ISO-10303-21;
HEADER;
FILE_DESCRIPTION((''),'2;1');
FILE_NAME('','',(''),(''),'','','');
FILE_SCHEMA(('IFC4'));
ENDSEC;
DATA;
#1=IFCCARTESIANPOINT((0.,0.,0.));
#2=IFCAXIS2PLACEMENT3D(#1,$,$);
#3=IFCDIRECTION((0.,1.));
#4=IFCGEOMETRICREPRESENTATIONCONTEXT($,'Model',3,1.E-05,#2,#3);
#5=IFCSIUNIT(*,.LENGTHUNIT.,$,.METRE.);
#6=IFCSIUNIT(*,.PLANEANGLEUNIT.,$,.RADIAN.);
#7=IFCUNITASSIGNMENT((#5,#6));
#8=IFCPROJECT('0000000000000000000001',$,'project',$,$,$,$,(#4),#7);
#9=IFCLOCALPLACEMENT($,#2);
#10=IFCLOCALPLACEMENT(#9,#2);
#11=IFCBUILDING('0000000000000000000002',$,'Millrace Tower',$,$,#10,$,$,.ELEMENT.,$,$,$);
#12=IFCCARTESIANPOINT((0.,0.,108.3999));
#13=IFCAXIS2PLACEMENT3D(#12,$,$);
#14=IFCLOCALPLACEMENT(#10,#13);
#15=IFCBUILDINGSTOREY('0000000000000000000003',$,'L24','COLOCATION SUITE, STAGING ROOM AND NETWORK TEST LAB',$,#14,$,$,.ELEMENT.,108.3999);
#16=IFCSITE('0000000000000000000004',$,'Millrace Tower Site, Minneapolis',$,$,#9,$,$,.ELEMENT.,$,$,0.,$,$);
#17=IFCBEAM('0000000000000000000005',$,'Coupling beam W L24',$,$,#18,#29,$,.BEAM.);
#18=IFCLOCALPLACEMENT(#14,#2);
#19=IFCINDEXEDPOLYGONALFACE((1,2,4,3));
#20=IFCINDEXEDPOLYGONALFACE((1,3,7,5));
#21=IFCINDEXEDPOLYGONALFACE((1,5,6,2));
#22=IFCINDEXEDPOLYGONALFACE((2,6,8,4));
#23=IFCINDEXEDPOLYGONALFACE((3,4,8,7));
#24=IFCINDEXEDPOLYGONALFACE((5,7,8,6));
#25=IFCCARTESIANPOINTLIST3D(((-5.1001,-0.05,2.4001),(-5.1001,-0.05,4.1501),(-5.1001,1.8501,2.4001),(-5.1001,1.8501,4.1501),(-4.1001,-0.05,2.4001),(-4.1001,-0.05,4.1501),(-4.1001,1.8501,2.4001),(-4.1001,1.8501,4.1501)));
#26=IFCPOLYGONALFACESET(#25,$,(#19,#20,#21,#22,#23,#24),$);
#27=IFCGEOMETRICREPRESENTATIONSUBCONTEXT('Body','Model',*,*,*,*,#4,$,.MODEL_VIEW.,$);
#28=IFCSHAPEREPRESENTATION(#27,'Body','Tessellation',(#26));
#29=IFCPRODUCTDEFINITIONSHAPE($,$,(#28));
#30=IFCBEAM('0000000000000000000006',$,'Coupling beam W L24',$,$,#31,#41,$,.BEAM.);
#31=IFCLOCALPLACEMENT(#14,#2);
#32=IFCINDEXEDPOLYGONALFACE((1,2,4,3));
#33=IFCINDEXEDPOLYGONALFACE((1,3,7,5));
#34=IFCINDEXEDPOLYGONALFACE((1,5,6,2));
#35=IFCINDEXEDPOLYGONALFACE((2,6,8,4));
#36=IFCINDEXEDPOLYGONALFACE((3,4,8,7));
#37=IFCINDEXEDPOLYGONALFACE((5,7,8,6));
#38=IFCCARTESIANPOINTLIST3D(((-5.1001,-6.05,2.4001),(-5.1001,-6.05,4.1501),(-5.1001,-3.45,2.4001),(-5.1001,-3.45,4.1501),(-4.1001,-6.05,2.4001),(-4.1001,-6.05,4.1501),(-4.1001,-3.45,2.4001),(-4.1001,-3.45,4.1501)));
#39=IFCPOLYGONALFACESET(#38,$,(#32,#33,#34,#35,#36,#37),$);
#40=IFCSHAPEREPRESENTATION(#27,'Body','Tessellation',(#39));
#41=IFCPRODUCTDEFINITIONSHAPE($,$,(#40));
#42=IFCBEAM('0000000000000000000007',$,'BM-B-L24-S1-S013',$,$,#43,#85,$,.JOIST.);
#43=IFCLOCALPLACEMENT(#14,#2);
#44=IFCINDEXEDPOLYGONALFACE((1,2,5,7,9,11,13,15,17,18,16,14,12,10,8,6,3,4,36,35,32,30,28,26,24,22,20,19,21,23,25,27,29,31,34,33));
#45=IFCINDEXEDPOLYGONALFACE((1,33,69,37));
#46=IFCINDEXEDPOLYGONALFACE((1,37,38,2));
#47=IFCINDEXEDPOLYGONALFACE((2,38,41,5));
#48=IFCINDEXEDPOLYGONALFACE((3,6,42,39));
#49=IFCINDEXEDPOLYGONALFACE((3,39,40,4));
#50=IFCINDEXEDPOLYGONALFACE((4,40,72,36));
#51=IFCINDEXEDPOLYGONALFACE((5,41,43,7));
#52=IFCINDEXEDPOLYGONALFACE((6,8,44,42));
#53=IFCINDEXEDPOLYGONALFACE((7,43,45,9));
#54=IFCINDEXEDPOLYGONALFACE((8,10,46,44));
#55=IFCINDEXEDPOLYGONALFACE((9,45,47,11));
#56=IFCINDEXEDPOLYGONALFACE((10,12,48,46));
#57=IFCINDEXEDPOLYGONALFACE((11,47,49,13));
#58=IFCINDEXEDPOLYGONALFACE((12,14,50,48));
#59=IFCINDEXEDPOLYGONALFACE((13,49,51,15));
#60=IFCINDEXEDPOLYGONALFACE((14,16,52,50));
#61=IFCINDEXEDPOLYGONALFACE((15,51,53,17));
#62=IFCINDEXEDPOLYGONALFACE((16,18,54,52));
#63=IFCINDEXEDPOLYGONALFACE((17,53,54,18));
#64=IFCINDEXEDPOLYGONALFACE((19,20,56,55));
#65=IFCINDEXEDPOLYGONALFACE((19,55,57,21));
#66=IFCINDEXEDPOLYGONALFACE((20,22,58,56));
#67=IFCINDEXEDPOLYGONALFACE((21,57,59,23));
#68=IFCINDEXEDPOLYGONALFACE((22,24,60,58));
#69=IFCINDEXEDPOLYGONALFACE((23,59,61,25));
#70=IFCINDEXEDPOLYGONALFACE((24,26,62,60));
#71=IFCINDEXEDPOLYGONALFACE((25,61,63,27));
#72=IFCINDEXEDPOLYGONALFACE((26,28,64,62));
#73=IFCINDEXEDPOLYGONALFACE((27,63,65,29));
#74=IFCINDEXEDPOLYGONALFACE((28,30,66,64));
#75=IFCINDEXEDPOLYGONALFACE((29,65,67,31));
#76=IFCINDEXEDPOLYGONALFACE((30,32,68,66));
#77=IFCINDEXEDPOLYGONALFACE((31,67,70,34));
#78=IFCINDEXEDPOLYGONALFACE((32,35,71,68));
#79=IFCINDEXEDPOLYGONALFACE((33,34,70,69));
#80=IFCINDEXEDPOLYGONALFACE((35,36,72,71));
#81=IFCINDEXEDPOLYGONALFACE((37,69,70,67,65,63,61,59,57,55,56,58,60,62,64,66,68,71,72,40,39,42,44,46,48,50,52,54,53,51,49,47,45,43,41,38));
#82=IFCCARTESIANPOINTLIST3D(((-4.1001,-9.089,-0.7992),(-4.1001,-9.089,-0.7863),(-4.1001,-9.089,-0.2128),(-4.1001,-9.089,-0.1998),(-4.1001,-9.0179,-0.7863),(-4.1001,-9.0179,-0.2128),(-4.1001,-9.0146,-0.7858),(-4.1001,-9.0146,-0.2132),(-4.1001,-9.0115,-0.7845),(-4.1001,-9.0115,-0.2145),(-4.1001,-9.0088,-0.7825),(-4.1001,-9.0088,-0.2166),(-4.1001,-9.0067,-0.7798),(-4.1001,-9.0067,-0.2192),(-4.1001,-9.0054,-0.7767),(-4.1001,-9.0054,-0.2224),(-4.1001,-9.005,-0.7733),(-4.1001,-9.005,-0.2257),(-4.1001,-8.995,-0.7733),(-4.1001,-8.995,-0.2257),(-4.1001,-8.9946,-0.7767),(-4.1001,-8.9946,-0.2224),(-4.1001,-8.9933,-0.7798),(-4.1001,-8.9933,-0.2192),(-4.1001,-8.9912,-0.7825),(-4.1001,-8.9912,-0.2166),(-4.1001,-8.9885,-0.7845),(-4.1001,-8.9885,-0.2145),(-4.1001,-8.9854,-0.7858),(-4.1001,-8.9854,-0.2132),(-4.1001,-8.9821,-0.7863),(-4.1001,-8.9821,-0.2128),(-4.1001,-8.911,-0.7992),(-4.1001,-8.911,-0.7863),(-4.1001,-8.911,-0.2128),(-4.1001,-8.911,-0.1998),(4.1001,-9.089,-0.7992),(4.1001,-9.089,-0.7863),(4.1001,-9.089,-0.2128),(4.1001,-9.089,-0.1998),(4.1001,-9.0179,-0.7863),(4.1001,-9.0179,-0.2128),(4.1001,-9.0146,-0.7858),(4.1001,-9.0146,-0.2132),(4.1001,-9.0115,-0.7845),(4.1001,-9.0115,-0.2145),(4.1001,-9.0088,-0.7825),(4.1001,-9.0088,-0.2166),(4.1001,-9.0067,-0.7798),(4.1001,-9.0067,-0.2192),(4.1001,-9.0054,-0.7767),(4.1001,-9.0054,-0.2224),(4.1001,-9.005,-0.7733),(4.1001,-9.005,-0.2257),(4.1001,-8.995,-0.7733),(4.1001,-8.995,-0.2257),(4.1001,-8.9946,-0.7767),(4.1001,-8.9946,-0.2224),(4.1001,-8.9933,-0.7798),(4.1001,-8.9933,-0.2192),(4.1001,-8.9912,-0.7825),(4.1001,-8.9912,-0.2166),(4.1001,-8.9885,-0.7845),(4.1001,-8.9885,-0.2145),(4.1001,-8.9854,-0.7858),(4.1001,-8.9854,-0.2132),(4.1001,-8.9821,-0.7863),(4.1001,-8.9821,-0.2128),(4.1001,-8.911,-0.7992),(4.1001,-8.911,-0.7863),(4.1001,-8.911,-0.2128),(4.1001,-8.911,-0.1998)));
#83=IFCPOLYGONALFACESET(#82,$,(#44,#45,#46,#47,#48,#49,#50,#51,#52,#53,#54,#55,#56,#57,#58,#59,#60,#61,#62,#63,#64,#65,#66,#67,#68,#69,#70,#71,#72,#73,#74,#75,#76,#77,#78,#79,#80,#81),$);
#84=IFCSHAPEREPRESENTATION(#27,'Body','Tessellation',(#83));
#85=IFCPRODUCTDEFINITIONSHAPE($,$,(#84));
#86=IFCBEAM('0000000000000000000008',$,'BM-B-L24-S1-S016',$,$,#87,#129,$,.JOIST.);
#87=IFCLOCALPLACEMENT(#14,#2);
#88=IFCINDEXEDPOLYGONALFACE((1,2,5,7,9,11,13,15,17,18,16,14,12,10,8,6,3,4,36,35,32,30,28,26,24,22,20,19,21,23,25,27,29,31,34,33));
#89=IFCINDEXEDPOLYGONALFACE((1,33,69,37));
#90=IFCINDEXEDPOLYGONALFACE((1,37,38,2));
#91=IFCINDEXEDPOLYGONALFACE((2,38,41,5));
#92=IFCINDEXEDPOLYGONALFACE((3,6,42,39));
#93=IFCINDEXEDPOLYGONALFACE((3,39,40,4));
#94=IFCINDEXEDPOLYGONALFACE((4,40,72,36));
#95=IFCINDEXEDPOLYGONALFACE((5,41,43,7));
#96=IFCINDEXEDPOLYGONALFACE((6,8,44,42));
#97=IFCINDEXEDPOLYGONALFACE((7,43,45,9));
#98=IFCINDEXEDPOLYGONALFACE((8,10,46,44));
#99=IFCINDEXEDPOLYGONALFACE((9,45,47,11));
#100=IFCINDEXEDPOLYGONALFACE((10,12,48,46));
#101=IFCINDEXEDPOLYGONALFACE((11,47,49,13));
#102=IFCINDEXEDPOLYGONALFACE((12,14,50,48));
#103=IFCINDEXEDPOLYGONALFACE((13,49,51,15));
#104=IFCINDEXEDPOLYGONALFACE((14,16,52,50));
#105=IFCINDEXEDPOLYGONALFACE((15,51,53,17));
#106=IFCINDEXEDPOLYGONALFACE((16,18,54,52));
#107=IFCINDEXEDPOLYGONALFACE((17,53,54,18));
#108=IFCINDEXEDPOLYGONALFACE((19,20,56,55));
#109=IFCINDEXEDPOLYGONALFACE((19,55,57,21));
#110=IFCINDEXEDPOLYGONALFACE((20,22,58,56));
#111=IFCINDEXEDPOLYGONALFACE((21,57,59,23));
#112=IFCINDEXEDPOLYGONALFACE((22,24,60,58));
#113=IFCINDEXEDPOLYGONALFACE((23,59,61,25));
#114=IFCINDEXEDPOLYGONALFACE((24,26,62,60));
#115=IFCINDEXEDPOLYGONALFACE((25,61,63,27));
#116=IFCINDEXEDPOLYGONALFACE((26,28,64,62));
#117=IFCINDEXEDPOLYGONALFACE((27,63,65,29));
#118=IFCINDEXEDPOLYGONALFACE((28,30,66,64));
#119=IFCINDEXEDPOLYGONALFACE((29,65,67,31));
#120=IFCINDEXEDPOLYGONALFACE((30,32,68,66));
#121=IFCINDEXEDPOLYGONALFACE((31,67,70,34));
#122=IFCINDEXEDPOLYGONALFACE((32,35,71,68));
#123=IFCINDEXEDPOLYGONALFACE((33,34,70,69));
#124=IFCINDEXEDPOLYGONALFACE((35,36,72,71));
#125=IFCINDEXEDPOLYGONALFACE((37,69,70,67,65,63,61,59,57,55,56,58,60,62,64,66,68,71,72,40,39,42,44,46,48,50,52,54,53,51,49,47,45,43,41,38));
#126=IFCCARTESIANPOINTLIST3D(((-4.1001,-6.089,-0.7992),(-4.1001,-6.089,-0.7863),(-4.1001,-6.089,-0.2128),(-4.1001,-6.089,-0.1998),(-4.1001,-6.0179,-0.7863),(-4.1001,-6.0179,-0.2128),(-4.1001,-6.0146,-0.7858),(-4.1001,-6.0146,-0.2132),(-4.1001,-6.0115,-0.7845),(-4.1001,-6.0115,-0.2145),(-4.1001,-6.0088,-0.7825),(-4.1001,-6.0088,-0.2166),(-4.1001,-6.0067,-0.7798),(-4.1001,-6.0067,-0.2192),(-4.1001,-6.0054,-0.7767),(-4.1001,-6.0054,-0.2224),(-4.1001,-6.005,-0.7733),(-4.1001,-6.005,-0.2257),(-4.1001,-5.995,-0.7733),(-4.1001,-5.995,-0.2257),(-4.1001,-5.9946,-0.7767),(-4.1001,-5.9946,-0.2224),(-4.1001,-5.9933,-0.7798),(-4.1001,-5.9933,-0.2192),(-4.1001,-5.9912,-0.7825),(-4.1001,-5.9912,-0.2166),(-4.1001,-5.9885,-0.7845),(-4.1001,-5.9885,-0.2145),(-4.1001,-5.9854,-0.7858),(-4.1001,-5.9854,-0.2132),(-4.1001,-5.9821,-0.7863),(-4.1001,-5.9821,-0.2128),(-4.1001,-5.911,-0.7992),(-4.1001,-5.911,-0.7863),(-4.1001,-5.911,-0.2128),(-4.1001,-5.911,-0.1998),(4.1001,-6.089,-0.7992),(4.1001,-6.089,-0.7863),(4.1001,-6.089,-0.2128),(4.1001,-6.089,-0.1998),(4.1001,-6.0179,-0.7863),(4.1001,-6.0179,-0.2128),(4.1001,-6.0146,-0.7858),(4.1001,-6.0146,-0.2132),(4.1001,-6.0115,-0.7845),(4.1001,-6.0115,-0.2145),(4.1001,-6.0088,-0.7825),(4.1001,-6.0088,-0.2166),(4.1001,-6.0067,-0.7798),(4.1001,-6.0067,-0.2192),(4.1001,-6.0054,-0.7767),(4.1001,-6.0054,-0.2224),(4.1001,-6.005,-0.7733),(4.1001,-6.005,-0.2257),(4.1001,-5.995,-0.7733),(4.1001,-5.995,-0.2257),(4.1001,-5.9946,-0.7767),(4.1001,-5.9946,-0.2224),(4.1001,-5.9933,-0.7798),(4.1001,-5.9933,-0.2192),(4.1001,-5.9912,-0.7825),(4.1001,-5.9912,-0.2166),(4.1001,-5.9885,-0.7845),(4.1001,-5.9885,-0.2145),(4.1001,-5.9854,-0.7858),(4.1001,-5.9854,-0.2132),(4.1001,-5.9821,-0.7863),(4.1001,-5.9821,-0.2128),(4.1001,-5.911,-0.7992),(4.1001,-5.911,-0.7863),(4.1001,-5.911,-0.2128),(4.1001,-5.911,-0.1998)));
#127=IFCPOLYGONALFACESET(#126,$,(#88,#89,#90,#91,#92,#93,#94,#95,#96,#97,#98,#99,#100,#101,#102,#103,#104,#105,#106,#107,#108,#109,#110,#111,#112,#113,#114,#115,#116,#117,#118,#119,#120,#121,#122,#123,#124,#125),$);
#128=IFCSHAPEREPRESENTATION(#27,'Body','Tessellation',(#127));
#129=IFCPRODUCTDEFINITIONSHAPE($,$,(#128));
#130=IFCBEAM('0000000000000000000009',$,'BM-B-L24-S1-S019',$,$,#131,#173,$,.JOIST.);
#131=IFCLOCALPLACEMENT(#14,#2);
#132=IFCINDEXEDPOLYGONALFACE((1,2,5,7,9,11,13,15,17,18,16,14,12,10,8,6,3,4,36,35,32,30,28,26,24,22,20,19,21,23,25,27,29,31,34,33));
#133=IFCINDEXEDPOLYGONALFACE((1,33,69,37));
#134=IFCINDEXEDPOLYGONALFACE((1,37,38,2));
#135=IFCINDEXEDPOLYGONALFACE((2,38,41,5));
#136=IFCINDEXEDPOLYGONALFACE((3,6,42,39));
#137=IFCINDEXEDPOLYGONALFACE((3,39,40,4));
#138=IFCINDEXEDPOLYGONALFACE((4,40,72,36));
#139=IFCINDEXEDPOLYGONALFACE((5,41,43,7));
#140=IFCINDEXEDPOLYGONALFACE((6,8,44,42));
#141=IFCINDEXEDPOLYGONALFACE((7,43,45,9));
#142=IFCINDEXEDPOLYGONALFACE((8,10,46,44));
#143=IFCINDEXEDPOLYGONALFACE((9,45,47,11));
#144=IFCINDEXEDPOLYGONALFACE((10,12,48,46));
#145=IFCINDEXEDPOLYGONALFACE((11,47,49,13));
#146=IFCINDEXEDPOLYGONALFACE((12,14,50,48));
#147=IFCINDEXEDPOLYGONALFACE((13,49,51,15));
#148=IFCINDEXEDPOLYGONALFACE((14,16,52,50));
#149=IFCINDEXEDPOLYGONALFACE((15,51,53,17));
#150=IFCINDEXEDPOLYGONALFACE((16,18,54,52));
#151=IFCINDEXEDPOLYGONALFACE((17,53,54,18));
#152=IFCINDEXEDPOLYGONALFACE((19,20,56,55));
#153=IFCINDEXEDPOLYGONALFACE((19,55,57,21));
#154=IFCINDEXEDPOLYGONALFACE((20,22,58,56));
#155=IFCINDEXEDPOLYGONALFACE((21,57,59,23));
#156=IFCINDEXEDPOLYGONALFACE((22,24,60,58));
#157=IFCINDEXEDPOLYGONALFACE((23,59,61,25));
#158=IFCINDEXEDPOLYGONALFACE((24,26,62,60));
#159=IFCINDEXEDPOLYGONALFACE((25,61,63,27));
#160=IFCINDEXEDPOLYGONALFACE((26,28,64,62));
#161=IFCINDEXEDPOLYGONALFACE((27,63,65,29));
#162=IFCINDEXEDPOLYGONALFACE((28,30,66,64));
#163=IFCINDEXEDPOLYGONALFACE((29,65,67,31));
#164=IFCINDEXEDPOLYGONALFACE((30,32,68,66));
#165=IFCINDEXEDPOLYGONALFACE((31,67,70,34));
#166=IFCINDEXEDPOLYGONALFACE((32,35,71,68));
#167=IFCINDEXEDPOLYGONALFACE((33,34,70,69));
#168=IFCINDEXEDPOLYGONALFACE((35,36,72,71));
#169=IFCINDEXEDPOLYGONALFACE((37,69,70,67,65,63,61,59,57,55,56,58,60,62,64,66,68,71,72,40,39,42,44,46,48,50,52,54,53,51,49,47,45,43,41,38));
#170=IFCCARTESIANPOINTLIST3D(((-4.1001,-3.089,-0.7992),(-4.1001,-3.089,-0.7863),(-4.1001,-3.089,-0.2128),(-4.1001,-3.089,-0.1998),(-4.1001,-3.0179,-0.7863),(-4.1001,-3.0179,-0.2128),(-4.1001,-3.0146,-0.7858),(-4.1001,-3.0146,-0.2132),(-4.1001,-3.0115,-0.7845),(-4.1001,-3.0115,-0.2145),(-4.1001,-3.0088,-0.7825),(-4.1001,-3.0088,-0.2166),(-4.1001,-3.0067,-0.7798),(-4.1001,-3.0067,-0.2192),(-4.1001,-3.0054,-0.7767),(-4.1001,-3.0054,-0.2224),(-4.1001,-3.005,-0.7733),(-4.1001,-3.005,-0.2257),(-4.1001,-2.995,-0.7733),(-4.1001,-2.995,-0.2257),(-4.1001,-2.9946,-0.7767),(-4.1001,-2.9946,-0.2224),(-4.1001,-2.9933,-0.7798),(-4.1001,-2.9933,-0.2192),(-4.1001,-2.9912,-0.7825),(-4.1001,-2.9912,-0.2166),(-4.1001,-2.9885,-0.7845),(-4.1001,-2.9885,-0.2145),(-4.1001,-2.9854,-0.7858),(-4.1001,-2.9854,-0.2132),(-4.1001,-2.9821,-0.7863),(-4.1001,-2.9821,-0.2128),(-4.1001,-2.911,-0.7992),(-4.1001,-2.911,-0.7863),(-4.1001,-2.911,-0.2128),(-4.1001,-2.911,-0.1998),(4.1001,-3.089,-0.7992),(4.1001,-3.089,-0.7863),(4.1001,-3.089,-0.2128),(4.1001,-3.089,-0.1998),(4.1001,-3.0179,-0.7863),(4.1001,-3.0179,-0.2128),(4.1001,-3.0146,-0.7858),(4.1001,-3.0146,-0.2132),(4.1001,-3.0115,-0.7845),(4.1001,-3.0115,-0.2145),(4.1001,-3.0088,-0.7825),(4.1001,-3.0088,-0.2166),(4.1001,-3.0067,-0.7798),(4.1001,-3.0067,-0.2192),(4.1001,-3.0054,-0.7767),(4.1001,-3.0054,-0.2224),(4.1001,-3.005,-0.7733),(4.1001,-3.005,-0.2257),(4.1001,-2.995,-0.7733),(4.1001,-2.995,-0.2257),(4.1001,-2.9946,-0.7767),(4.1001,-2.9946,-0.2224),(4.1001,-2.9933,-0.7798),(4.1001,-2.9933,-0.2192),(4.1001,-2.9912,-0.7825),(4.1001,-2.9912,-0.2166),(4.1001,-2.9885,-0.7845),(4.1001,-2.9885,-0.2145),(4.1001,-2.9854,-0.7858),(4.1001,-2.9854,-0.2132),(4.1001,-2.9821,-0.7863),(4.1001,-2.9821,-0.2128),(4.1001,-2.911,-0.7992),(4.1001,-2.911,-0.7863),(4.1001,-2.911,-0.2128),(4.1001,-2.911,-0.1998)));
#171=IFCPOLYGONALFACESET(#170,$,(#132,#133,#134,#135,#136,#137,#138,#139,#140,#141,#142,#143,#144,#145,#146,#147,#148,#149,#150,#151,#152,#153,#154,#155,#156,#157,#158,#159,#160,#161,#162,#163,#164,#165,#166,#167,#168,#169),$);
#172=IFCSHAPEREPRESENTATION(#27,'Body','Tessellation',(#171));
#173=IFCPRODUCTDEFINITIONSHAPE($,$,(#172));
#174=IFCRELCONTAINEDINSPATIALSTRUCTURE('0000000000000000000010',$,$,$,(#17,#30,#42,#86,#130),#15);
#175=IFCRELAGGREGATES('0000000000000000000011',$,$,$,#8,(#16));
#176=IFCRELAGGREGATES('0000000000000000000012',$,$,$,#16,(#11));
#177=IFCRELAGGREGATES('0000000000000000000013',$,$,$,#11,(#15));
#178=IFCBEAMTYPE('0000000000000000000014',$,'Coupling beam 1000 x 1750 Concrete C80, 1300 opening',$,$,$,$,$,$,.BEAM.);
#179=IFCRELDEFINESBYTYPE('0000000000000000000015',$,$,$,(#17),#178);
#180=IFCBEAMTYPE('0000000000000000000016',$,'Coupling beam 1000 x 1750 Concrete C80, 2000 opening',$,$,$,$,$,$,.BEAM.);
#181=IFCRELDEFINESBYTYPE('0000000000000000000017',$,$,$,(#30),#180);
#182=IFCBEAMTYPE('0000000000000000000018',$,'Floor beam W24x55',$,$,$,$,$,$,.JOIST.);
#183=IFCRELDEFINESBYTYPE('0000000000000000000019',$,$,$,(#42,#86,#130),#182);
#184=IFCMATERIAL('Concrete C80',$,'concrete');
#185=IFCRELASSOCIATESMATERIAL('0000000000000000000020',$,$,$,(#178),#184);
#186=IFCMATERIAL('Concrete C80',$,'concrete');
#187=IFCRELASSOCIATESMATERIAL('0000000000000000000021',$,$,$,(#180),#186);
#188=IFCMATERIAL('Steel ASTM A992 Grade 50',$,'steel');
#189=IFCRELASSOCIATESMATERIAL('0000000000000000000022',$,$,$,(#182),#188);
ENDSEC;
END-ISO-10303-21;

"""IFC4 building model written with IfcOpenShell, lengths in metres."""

from ifc_helpers import new_model, si_unit, direction, frame, origin, origin_2d, place, context, subcontext, project, spatial, rectangle, i_section, extrude, material, material_profile, profile_set, type_object, element, save


model = new_model("IFC4")

# Units and contexts
model_context = context("Model", 3, precision=1e-05, world=origin(), true_north=direction((0.0, 1.0)))
body_context = subcontext(model_context, "Body", "Model", "MODEL_VIEW")
ifc_project = project(units=[si_unit("LENGTHUNIT", "METRE"), si_unit("PLANEANGLEUNIT", "RADIAN")], contexts=[model_context])

# Site, building, storey
site_placement = place(None, origin())
site = spatial("IfcSite", under=ifc_project, at=site_placement, Name="Millrace Tower Site, Minneapolis", CompositionType="ELEMENT", RefElevation=0.0)
building_placement = place(site_placement, origin())
building = spatial("IfcBuilding", under=site, at=building_placement, Name="Millrace Tower", CompositionType="ELEMENT")
storey_placement = place(building_placement, frame((0.0, 0.0, 108.3999)))
storey = spatial("IfcBuildingStorey", under=building, at=storey_placement, Name="L24", Description="COLOCATION SUITE, STAGING ROOM AND NETWORK TEST LAB", CompositionType="ELEMENT", Elevation=108.3999)

# Beams
ifc_material_1 = material(Name="Concrete C80", Category="concrete")
ifc_material_profile_1 = material_profile(ifc_material_1, rectangle(XDim=1.0, YDim=1.75, at=origin_2d()))
ifc_profile_set_1 = profile_set([ifc_material_profile_1], Name="Concrete C80")
beam_type_1 = type_object("IfcBeamType", Name="Coupling beam 1000 x 1750 Concrete C80, 1300 opening", PredefinedType="BEAM", material=ifc_profile_set_1)
beam_1_placement = place(storey_placement, frame((-4.6001, -0.05, 3.2751), z_axis=(0.0, 1.0, 0.0), x_axis=(-1.0, 0.0, 0.0)))
element("IfcBeam", 1, at=beam_1_placement, inside=storey, type_object=beam_type_1, Name="Coupling beam W L24", PredefinedType="BEAM", context=body_context, shape_type="SweptSolid", body=[
    extrude(rectangle(XDim=1.0, YDim=1.75, at=origin_2d()), origin(), (0.0, 0.0, 1.0), 1.9001),
])
ifc_material_2 = material(Name="Concrete C80", Category="concrete")
ifc_material_profile_2 = material_profile(ifc_material_2, rectangle(XDim=1.0, YDim=1.75, at=origin_2d()))
ifc_profile_set_2 = profile_set([ifc_material_profile_2], Name="Concrete C80")
beam_type_2 = type_object("IfcBeamType", Name="Coupling beam 1000 x 1750 Concrete C80, 2000 opening", PredefinedType="BEAM", material=ifc_profile_set_2)
beam_2_placement = place(storey_placement, frame((-4.6001, -6.05, 3.2751), z_axis=(0.0, 1.0, 0.0), x_axis=(-1.0, 0.0, 0.0)))
element("IfcBeam", 2, at=beam_2_placement, inside=storey, type_object=beam_type_2, Name="Coupling beam W L24", PredefinedType="BEAM", context=body_context, shape_type="SweptSolid", body=[
    extrude(rectangle(XDim=1.0, YDim=1.75, at=origin_2d()), origin(), (0.0, 0.0, 1.0), 2.6001),
])
ifc_material_3 = material(Name="Steel ASTM A992 Grade 50", Category="steel")
ifc_material_profile_3 = material_profile(ifc_material_3, i_section(OverallWidth=0.178, OverallDepth=0.5994, WebThickness=0.01, FlangeThickness=0.0129, FilletRadius=0.0129, at=origin_2d()))
ifc_profile_set_3 = profile_set([ifc_material_profile_3], Name="Steel ASTM A992 Grade 50")
beam_type_3 = type_object("IfcBeamType", Name="Floor beam W24x55", PredefinedType="JOIST", material=ifc_profile_set_3)
for number, where, z_axis, x_axis, name in (
    (3, (-4.1001, -9.0, -0.4995), (1.0, 0.0, 0.0), (0.0, 1.0, 0.0), "BM-B-L24-S1-S013"),
    (4, (-4.1001, -6.0, -0.4995), (1.0, 0.0, 0.0), (0.0, 1.0, 0.0), "BM-B-L24-S1-S016"),
    (5, (-4.1001, -3.0, -0.4995), (1.0, 0.0, 0.0), (0.0, 1.0, 0.0), "BM-B-L24-S1-S019"),
):
    element("IfcBeam", number, at=place(storey_placement, frame(where, z_axis=z_axis, x_axis=x_axis)), inside=storey, type_object=beam_type_3, Name=name, PredefinedType="JOIST", context=body_context, shape_type="SweptSolid", body=[
        extrude(i_section(OverallWidth=0.178, OverallDepth=0.5994, WebThickness=0.01, FlangeThickness=0.0129, FilletRadius=0.0129, at=origin_2d()), origin(), (0.0, 0.0, 1.0), 8.2002),
    ])

save(model, "model.ifc")
